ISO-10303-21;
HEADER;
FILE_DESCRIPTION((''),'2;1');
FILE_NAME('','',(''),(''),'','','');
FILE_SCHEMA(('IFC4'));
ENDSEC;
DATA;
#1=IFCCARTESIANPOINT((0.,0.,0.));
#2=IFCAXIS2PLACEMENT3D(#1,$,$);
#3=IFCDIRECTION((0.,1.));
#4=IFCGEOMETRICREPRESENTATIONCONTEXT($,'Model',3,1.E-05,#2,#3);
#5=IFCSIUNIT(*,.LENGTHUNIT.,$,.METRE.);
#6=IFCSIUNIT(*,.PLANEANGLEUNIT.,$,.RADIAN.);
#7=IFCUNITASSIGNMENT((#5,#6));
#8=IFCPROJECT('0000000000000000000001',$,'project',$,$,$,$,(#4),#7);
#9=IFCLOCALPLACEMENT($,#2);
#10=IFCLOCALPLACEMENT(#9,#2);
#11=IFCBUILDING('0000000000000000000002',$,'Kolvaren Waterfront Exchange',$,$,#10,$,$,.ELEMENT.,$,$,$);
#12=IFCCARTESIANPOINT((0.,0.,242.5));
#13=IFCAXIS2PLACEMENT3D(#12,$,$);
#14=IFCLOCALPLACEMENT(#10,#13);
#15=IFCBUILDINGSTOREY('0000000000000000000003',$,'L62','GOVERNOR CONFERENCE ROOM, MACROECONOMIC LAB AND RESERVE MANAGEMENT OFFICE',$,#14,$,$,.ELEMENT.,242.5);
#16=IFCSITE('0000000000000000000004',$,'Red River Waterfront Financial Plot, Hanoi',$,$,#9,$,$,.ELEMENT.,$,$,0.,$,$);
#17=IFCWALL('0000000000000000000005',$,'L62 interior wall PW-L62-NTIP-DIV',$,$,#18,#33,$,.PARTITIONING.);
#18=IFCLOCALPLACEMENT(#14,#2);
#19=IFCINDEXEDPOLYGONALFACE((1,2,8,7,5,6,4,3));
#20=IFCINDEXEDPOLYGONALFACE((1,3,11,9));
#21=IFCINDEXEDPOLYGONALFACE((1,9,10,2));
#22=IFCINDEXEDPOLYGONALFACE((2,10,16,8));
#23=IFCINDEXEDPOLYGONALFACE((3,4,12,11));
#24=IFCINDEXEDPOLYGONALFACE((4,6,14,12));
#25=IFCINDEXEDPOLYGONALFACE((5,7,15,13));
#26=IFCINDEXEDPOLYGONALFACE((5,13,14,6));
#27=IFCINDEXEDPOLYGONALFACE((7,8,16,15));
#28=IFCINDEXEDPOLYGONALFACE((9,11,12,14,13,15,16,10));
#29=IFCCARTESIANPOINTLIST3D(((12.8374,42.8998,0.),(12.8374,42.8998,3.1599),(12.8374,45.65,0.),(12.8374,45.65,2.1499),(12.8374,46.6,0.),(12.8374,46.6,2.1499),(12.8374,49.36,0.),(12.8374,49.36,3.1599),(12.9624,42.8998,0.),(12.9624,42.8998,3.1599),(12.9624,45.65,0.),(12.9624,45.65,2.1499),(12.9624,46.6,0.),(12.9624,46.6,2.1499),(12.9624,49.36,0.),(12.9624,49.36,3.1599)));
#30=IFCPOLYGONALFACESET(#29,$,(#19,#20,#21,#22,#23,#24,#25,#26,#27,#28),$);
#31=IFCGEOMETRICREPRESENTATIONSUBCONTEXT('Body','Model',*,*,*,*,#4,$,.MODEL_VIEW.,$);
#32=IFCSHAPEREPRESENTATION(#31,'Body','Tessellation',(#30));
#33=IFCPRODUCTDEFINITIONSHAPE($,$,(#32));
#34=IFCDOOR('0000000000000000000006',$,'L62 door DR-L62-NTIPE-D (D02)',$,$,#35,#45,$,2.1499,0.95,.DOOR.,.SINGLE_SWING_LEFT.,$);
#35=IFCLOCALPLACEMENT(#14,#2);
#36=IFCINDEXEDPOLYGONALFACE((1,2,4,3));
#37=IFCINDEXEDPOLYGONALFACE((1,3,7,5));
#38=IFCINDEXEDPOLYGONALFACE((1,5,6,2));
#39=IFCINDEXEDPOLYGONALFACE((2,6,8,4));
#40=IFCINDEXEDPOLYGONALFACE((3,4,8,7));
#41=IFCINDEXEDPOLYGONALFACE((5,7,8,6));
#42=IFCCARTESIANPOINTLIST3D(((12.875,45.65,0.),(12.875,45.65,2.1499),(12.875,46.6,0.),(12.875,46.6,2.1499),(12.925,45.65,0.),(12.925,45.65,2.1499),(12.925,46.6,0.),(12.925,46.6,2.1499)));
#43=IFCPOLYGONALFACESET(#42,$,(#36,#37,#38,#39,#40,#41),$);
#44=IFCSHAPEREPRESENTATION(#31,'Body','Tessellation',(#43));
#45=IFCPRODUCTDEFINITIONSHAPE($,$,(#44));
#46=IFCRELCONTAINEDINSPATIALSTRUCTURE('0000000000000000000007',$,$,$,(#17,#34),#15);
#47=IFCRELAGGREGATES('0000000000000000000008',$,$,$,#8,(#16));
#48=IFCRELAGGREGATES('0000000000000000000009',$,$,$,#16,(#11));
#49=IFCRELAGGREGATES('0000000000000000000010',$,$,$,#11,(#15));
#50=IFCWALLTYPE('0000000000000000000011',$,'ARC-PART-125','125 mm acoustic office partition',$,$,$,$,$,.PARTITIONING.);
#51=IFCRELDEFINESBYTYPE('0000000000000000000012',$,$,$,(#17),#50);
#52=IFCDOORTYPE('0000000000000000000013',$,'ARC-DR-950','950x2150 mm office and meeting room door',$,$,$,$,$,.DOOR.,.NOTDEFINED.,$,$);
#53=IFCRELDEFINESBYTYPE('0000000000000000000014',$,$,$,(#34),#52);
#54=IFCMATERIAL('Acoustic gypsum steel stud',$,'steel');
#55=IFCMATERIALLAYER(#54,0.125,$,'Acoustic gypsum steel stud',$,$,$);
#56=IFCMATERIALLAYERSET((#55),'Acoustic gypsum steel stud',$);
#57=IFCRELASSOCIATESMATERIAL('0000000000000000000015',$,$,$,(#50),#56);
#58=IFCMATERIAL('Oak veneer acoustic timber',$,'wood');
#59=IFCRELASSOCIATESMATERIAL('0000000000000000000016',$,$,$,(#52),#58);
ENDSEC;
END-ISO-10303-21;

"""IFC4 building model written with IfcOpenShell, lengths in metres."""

from ifc_helpers import new_model, si_unit, direction, frame, frame_2d, origin, place, context, subcontext, project, spatial, rectangle, extrude, material, layer, layer_set, type_object, element, fill, save


model = new_model("IFC4")

# Units and contexts
model_context = context("Model", 3, precision=1e-05, world=origin(), true_north=direction((0.0, 1.0)))
body_context = subcontext(model_context, "Body", "Model", "MODEL_VIEW")
ifc_project = project(units=[si_unit("LENGTHUNIT", "METRE"), si_unit("PLANEANGLEUNIT", "RADIAN")], contexts=[model_context])

# Site, building, storey
site_placement = place(None, origin())
site = spatial("IfcSite", under=ifc_project, at=site_placement, Name="Red River Waterfront Financial Plot, Hanoi", CompositionType="ELEMENT", RefElevation=0.0)
building_placement = place(site_placement, origin())
building = spatial("IfcBuilding", under=site, at=building_placement, Name="Kolvaren Waterfront Exchange", CompositionType="ELEMENT")
storey_placement = place(building_placement, frame((0.0, 0.0, 242.5)))
storey = spatial("IfcBuildingStorey", under=building, at=storey_placement, Name="L62", Description="GOVERNOR CONFERENCE ROOM, MACROECONOMIC LAB AND RESERVE MANAGEMENT OFFICE", CompositionType="ELEMENT", Elevation=242.5)

# Shared definitions
ifc_material_1 = material(Name="Acoustic gypsum steel stud", Category="steel")
ifc_layer_1 = layer(ifc_material_1, 0.125, Name="Acoustic gypsum steel stud")
ifc_layer_set_1 = layer_set([ifc_layer_1], Name="Acoustic gypsum steel stud")
wall_type_1 = type_object("IfcWallType", Name="ARC-PART-125", Description="125 mm acoustic office partition", PredefinedType="PARTITIONING", material=ifc_layer_set_1)

# Wall, opening, door
wall_1_placement = place(storey_placement, frame((12.8999, 42.8999, 0.0), z_axis=(0.0, 0.0, 1.0), x_axis=(0.0, 1.0, 0.0)))
wall_1 = element("IfcWall", 1, at=wall_1_placement, inside=storey, type_object=wall_type_1, Name="L62 interior wall PW-L62-NTIP-DIV", PredefinedType="PARTITIONING", context=body_context, shape_type="SweptSolid", body=[
    extrude(rectangle(XDim=6.4602, YDim=0.125, at=frame_2d((3.23, 0.0))), origin(), (0.0, 0.0, 1.0), 3.1599),
])
opening_1_placement = place(wall_1_placement, frame((2.75, 0.0, 0.0)))
opening_1 = element("IfcOpeningElement", 2, at=opening_1_placement, cuts=wall_1, PredefinedType="OPENING", context=body_context, shape_type="SweptSolid", body=[
    extrude(rectangle(XDim=0.95, YDim=2.1499, at=frame_2d((0.4751, 1.075))), frame((0.0, 0.0725, 0.0), z_axis=(0.0, -1.0, 0.0), x_axis=(1.0, 0.0, 0.0)), (0.0, 0.0, 1.0), 0.145),
])
ifc_material_2 = material(Name="Oak veneer acoustic timber", Category="wood")
door_type_1 = type_object("IfcDoorType", Name="ARC-DR-950", Description="950x2150 mm office and meeting room door", OperationType="NOTDEFINED", PredefinedType="DOOR", material=ifc_material_2)
door_1_placement = place(opening_1_placement, origin())
door_1 = element("IfcDoor", 3, at=door_1_placement, inside=storey, type_object=door_type_1, Name="L62 door DR-L62-NTIPE-D (D02)", OperationType="SINGLE_SWING_LEFT", OverallHeight=2.1499, OverallWidth=0.95, PredefinedType="DOOR", context=body_context, shape_type="SweptSolid", body=[
    extrude(rectangle(XDim=0.95, YDim=2.1499, at=frame_2d((0.4751, 1.075))), frame((0.0, 0.0249, 0.0), z_axis=(0.0, -1.0, 0.0), x_axis=(1.0, 0.0, 0.0)), (0.0, 0.0, 1.0), 0.05),
])
fill(opening_1, door_1)

save(model, "model.ifc")
